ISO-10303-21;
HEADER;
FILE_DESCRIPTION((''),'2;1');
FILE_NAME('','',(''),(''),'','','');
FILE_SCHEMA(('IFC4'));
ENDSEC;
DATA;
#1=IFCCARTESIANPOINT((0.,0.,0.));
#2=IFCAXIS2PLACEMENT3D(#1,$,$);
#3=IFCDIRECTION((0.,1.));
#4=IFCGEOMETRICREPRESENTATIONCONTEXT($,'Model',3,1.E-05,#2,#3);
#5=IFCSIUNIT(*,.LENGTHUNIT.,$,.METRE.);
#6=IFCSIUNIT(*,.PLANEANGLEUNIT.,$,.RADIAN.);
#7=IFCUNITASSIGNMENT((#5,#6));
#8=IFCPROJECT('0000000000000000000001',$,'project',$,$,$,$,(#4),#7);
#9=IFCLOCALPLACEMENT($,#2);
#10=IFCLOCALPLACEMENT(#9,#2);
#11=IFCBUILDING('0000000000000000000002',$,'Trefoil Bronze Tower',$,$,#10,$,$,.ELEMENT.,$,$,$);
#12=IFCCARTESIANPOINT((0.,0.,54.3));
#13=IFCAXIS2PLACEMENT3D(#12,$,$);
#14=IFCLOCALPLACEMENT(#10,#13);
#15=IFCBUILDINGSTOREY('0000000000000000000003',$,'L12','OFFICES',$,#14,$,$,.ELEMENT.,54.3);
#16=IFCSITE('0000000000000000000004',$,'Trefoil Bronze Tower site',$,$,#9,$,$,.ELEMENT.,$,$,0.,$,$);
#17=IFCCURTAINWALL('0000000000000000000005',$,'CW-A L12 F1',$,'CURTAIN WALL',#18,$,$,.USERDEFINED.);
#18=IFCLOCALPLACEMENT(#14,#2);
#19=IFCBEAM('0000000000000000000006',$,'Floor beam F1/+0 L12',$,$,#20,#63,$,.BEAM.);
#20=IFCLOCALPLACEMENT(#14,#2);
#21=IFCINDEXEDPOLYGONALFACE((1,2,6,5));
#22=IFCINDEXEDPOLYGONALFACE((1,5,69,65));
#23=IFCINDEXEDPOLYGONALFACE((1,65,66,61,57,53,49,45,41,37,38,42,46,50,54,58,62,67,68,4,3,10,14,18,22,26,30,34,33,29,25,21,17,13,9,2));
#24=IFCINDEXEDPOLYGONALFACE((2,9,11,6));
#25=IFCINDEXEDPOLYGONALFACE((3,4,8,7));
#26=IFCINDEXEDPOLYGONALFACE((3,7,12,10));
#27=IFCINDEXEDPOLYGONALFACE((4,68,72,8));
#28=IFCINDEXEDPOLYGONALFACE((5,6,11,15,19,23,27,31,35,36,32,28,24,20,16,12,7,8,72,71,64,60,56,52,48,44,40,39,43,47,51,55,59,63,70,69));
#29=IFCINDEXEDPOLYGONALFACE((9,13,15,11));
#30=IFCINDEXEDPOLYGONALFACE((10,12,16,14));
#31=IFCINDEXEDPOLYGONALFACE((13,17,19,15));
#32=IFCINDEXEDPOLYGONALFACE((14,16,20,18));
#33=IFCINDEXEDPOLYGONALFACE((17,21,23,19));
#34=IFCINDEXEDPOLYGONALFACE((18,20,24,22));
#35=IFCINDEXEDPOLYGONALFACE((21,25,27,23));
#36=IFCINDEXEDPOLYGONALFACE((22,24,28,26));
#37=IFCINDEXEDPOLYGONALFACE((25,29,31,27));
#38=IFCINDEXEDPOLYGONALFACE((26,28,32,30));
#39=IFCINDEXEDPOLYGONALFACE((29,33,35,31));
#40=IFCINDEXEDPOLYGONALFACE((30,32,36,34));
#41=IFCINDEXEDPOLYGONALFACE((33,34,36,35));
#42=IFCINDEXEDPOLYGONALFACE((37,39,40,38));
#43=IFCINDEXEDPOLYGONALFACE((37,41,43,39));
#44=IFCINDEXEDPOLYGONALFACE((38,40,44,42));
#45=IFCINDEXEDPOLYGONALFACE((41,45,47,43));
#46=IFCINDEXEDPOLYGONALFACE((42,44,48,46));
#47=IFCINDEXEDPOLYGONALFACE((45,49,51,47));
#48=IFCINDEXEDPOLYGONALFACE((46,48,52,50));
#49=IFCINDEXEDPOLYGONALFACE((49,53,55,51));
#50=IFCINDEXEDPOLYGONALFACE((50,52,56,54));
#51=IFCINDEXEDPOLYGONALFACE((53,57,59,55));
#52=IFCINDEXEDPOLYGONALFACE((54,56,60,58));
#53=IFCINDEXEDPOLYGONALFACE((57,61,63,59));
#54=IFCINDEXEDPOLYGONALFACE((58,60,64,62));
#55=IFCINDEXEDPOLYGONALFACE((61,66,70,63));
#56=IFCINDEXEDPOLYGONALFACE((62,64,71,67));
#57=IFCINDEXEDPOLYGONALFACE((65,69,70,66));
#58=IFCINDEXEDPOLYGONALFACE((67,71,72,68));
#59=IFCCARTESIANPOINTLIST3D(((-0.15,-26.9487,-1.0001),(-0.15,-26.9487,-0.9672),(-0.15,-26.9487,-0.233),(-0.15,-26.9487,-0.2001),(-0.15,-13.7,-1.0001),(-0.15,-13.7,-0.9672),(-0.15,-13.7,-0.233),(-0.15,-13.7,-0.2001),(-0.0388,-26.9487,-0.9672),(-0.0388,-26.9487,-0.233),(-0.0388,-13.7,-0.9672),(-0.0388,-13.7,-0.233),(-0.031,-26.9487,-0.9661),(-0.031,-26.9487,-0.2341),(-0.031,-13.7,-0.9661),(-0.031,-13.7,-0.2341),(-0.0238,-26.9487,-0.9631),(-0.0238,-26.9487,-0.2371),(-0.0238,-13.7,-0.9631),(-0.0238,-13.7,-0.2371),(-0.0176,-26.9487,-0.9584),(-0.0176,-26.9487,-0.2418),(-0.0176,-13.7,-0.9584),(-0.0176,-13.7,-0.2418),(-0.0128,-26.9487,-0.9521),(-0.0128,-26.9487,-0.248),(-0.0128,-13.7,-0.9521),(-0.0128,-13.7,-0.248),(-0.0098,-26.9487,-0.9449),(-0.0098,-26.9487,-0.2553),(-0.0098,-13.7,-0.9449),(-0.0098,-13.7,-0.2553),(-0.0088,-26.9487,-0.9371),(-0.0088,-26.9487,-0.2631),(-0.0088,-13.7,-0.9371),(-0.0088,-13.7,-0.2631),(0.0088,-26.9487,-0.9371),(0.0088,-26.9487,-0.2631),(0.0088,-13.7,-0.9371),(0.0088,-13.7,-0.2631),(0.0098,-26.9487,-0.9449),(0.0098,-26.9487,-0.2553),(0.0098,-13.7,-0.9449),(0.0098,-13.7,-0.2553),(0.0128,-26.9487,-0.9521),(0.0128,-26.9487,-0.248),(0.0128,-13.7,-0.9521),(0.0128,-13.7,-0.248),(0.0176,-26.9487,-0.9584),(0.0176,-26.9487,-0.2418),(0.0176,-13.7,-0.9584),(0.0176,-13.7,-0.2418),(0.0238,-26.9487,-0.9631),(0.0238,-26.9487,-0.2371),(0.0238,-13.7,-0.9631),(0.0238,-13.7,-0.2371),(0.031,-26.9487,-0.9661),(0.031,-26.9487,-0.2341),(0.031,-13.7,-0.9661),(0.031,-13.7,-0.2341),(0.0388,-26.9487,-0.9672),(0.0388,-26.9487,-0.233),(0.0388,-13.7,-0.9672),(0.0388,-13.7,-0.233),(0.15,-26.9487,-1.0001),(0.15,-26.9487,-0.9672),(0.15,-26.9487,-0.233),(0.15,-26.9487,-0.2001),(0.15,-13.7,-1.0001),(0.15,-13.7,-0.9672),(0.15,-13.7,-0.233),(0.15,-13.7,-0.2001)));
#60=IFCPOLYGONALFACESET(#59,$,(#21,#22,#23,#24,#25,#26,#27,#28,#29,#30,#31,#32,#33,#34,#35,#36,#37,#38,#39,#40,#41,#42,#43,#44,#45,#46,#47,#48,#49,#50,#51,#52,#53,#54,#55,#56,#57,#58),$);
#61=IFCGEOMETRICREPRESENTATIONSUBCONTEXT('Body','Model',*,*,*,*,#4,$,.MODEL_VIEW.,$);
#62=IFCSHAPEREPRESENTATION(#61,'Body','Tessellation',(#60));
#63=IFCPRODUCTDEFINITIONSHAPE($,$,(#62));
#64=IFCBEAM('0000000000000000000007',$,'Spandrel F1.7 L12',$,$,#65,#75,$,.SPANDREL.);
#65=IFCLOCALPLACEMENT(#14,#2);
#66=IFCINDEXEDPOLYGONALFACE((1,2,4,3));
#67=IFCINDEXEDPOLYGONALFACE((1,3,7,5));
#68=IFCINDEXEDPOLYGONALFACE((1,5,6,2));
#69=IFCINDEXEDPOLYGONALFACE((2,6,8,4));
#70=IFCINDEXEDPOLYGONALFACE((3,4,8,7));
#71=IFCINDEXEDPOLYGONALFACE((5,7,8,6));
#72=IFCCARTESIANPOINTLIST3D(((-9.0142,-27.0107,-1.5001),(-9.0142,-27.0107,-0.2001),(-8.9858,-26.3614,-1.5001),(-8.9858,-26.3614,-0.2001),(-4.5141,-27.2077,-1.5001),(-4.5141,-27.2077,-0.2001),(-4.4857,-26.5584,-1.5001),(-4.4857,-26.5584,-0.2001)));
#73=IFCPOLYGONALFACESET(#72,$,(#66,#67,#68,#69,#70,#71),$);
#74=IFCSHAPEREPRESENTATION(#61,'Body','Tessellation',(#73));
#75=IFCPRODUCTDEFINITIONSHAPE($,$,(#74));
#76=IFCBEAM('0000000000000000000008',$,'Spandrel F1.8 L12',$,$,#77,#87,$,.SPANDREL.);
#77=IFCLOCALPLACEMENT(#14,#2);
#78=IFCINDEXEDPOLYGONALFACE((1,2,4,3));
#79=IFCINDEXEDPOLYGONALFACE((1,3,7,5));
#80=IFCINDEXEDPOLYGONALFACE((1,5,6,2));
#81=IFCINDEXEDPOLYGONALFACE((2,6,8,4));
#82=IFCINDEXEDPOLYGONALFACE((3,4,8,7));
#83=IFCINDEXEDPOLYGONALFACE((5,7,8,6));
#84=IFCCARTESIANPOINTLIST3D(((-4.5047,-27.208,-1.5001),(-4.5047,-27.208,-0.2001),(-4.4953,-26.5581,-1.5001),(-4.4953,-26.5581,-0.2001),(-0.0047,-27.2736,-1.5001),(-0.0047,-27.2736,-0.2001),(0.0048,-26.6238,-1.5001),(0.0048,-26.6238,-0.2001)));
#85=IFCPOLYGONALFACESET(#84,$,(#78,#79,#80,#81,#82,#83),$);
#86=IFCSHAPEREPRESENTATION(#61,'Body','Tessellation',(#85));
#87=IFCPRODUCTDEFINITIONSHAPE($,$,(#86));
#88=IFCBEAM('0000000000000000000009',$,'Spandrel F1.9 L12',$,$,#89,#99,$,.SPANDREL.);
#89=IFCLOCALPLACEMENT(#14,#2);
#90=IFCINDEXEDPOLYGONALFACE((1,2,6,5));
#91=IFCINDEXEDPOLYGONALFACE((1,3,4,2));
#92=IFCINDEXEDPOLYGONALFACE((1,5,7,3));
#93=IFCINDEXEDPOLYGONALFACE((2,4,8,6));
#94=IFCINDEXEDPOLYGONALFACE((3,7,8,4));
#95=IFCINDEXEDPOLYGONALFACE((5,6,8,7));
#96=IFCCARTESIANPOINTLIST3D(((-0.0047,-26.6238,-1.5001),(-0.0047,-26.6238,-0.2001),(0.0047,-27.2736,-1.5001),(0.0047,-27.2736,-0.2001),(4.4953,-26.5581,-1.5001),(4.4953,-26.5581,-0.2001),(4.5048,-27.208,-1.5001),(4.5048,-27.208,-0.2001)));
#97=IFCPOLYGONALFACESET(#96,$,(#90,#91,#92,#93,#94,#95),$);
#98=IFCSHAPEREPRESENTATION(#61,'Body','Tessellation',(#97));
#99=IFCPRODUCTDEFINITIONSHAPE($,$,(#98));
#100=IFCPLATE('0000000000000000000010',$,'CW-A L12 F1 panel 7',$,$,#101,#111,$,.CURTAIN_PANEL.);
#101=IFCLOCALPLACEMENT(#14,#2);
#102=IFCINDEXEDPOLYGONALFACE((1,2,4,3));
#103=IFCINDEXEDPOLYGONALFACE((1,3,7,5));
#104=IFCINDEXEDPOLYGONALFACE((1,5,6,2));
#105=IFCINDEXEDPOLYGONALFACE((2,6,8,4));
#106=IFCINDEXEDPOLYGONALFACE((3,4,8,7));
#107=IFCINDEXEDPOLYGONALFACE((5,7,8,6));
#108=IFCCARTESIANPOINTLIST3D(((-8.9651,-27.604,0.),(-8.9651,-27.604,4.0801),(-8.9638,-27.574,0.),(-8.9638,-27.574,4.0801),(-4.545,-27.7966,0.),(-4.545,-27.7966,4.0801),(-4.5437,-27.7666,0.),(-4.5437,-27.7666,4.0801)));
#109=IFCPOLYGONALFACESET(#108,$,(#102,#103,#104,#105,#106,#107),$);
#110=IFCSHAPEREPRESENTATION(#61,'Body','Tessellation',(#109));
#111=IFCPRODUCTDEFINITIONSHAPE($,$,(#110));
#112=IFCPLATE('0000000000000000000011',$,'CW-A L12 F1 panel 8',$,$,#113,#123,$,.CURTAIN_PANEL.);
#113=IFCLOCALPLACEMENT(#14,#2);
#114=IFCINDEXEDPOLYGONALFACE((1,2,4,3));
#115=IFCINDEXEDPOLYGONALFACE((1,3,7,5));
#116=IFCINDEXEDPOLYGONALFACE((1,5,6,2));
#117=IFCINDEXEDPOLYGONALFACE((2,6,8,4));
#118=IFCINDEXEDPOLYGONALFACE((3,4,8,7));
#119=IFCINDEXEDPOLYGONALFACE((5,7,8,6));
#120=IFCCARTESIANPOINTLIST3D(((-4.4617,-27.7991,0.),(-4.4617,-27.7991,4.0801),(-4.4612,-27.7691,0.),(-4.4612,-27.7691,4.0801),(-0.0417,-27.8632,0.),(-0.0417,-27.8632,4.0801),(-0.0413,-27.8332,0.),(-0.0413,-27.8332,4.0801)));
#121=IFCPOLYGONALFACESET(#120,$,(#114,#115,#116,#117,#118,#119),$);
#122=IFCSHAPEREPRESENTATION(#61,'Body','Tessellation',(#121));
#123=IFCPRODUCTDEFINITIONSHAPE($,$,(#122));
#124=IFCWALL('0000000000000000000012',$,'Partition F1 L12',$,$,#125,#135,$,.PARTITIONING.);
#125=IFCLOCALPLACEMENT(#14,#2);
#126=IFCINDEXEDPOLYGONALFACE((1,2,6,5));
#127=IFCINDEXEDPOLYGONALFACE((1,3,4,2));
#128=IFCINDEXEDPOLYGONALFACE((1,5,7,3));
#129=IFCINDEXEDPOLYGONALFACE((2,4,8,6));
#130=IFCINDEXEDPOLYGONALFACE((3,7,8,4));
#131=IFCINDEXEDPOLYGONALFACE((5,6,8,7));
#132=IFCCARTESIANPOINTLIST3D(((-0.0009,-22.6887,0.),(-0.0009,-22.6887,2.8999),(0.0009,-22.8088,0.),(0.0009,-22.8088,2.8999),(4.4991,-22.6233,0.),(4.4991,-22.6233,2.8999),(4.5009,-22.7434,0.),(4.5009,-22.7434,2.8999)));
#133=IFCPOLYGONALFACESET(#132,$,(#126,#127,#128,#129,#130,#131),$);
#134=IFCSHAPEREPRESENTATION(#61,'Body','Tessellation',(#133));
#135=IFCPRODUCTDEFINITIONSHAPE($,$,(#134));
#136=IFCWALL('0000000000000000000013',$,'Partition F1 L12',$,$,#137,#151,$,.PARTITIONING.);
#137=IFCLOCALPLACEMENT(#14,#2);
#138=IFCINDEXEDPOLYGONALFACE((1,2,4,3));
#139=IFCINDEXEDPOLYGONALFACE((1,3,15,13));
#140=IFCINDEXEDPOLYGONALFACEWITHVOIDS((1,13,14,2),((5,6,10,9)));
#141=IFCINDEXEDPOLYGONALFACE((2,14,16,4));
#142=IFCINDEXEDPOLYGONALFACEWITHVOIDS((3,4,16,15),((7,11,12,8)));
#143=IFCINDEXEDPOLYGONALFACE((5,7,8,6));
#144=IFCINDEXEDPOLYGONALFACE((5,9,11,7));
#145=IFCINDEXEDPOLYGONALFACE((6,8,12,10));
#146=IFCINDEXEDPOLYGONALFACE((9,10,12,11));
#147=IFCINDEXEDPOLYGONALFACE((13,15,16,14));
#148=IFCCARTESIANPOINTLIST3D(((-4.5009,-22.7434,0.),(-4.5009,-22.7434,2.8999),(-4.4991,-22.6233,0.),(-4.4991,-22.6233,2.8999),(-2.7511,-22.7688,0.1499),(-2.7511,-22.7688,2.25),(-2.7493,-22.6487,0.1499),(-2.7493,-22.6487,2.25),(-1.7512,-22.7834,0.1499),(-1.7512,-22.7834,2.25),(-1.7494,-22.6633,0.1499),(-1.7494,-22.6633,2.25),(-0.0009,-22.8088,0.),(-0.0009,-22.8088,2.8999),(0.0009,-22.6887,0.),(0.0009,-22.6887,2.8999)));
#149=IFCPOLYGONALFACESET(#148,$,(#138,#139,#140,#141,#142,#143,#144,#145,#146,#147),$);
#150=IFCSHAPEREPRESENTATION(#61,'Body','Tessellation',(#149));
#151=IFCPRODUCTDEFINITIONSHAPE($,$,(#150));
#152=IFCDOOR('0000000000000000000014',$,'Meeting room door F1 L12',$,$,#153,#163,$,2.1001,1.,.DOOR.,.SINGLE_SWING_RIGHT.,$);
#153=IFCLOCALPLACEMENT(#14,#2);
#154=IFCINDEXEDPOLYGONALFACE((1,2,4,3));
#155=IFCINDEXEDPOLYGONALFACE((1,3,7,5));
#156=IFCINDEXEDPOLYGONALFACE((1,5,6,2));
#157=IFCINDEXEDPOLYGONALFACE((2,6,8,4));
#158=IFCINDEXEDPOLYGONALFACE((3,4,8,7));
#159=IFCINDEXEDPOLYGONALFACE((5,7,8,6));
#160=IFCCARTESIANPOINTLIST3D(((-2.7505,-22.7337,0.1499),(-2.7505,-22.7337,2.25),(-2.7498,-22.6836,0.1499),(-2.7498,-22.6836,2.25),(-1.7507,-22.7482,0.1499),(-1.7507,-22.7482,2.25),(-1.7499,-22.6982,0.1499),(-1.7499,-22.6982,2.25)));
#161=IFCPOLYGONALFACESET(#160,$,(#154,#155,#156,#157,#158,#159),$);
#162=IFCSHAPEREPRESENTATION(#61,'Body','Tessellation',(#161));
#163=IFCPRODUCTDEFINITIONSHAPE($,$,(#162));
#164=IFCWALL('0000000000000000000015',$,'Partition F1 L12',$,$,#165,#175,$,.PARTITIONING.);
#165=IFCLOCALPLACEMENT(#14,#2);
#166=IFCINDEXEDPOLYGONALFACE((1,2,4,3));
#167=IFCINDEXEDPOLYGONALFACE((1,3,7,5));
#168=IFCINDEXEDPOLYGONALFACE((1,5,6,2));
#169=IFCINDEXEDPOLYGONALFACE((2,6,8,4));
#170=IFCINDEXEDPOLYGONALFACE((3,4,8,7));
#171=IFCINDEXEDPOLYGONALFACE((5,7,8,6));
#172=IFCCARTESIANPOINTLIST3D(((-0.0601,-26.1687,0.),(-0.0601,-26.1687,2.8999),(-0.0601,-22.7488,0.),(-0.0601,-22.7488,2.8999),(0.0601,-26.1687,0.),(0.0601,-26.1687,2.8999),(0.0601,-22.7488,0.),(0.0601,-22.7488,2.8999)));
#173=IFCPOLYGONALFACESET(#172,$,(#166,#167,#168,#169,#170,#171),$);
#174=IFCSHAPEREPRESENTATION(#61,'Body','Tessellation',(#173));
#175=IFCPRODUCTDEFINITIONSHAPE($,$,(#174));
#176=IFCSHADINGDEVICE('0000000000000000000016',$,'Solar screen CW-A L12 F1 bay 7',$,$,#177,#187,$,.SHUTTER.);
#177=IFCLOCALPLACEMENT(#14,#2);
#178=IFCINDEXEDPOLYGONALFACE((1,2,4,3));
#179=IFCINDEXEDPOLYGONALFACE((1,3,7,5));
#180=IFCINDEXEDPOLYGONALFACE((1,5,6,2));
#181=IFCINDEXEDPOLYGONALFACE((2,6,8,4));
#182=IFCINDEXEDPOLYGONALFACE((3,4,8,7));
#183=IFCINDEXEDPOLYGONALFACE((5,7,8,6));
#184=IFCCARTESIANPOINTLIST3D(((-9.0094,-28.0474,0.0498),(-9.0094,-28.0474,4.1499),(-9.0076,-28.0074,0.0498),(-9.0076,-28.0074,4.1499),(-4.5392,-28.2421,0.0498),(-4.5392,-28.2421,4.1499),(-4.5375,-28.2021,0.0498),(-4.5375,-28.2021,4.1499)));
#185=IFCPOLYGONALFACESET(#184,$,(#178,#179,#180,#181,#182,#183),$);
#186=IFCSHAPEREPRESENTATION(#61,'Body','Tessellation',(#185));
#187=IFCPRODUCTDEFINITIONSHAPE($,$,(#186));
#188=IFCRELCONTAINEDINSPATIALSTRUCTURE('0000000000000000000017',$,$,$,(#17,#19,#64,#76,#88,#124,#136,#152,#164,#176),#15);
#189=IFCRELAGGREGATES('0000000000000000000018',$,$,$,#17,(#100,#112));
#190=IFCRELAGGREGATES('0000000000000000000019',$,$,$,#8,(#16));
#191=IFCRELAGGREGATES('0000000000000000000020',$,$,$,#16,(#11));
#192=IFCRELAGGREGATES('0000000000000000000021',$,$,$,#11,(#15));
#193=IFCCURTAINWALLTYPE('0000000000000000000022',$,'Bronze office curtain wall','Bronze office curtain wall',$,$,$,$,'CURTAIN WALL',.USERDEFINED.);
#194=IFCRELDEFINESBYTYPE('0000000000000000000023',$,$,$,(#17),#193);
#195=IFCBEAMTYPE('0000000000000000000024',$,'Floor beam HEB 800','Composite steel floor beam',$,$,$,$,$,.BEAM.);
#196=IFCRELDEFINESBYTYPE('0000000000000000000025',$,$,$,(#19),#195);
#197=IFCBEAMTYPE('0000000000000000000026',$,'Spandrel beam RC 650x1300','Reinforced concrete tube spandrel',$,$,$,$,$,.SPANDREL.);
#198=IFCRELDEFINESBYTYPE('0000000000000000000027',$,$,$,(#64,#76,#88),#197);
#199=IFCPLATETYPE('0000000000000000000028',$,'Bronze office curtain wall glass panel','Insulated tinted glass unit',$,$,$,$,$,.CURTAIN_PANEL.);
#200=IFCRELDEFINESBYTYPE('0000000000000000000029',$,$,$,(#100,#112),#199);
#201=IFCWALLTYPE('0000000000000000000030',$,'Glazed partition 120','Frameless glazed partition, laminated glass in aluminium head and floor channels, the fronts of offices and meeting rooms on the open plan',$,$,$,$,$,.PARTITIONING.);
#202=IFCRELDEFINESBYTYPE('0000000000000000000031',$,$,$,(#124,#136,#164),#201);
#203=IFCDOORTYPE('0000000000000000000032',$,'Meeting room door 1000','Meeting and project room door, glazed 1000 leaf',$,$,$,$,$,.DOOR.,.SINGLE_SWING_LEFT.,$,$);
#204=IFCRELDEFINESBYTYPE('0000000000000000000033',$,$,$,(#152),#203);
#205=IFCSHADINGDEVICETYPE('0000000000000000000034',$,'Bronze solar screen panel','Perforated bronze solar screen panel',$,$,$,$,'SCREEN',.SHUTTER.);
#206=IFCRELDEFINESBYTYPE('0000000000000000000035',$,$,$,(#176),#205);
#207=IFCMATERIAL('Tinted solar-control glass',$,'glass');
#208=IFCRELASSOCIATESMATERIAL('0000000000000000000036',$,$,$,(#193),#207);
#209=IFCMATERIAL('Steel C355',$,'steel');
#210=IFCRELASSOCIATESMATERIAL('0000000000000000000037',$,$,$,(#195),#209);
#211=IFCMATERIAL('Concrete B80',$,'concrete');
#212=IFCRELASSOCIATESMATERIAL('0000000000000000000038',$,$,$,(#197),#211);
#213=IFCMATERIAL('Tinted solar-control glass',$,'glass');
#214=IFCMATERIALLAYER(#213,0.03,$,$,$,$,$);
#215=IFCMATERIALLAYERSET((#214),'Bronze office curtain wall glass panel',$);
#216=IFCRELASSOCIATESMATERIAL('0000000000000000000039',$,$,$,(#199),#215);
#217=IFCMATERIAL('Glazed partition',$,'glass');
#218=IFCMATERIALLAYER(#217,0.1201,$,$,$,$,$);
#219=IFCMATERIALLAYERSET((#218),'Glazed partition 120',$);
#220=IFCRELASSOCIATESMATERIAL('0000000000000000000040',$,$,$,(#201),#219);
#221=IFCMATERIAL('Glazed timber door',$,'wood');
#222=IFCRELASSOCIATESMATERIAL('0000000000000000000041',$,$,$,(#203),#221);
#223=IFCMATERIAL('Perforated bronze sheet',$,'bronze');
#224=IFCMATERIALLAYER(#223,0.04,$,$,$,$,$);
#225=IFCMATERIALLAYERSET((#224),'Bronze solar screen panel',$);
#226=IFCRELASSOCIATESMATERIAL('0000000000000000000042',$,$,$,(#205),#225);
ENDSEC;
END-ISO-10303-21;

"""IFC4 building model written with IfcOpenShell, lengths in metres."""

from ifc_helpers import new_model, si_unit, direction, frame, frame_2d, origin, origin_2d, place, context, subcontext, project, spatial, rectangle, i_section, extrude, material, layer, layer_set, material_profile, profile_set, type_object, element, fill, aggregate, save


model = new_model("IFC4")

# Units and contexts
model_context = context("Model", 3, precision=1e-05, world=origin(), true_north=direction((0.0, 1.0)))
body_context = subcontext(model_context, "Body", "Model", "MODEL_VIEW")
ifc_project = project(units=[si_unit("LENGTHUNIT", "METRE"), si_unit("PLANEANGLEUNIT", "RADIAN")], contexts=[model_context])

# Site, building, storey
site_placement = place(None, origin())
site = spatial("IfcSite", under=ifc_project, at=site_placement, Name="Trefoil Bronze Tower site", CompositionType="ELEMENT", RefElevation=0.0)
building_placement = place(site_placement, origin())
building = spatial("IfcBuilding", under=site, at=building_placement, Name="Trefoil Bronze Tower", CompositionType="ELEMENT")
storey_placement = place(building_placement, frame((0.0, 0.0, 54.3)))
storey = spatial("IfcBuildingStorey", under=building, at=storey_placement, Name="L12", Description="OFFICES", CompositionType="ELEMENT", Elevation=54.3)

# Curtain wall
ifc_material_1 = material(Name="Tinted solar-control glass", Category="glass")
curtain_wall_type = type_object("IfcCurtainWallType", Name="Bronze office curtain wall", Description="Bronze office curtain wall", ElementType="CURTAIN WALL", PredefinedType="USERDEFINED", material=ifc_material_1)
curtain_wall_placement = place(storey_placement, origin())
curtain_wall = element("IfcCurtainWall", 1, at=curtain_wall_placement, inside=storey, type_object=curtain_wall_type, Name="CW-A L12 F1", ObjectType="CURTAIN WALL", PredefinedType="USERDEFINED")

# Beams
ifc_material_2 = material(Name="Steel C355", Category="steel")
ifc_material_profile_1 = material_profile(ifc_material_2, i_section(OverallWidth=0.3, OverallDepth=0.8, WebThickness=0.0176, FlangeThickness=0.033, FilletRadius=0.03, at=origin_2d()), Name="HEB 800")
ifc_profile_set_1 = profile_set([ifc_material_profile_1], Name="Steel C355")
beam_type_1 = type_object("IfcBeamType", Name="Floor beam HEB 800", Description="Composite steel floor beam", PredefinedType="BEAM", material=ifc_profile_set_1)
beam_1_placement = place(storey_placement, frame((0.0, -26.9487, -0.6001), z_axis=(0.0, 1.0, 0.0), x_axis=(-1.0, 0.0, 0.0)))
element("IfcBeam", 2, at=beam_1_placement, inside=storey, type_object=beam_type_1, Name="Floor beam F1/+0 L12", PredefinedType="BEAM", context=body_context, shape_type="SweptSolid", body=[
    extrude(i_section(OverallWidth=0.3, OverallDepth=0.8, WebThickness=0.0176, FlangeThickness=0.033, FilletRadius=0.03, at=origin_2d()), origin(), (0.0, 0.0, 1.0), 13.2488),
])
ifc_material_3 = material(Name="Concrete B80", Category="concrete")
ifc_material_profile_2 = material_profile(ifc_material_3, rectangle(XDim=0.6499, YDim=1.3, at=origin_2d()), Name="RC 650x1300")
ifc_profile_set_2 = profile_set([ifc_material_profile_2], Name="Concrete B80")
beam_type_2 = type_object("IfcBeamType", Name="Spandrel beam RC 650x1300", Description="Reinforced concrete tube spandrel", PredefinedType="SPANDREL", material=ifc_profile_set_2)
beam_2_placement = place(storey_placement, frame((-9.0, -26.686, -0.8501), z_axis=(0.999043, -0.043741, 0.0), x_axis=(0.043741, 0.999043, 0.0)))
element("IfcBeam", 3, at=beam_2_placement, inside=storey, type_object=beam_type_2, Name="Spandrel F1.7 L12", PredefinedType="SPANDREL", context=body_context, shape_type="SweptSolid", body=[
    extrude(rectangle(XDim=0.6499, YDim=1.3, at=origin_2d()), origin(), (0.0, 0.0, 1.0), 4.5044),
])
for number, where, z_axis, x_axis, name in (
    (4, (-4.5, -26.8831, -0.8501), (0.999894, -0.014593, 0.0), (0.014593, 0.999894, 0.0), "Spandrel F1.8 L12"),
    (5, (0.0, -26.9487, -0.8501), (0.999894, 0.014593, 0.0), (-0.014593, 0.999894, 0.0), "Spandrel F1.9 L12"),
):
    element("IfcBeam", number, at=place(storey_placement, frame(where, z_axis=z_axis, x_axis=x_axis)), inside=storey, type_object=beam_type_2, Name=name, PredefinedType="SPANDREL", context=body_context, shape_type="SweptSolid", body=[
        extrude(rectangle(XDim=0.6499, YDim=1.3, at=origin_2d()), origin(), (0.0, 0.0, 1.0), 4.5005),
    ])

# Plates
ifc_material_4 = material(Name="Tinted solar-control glass", Category="glass")
ifc_layer_1 = layer(ifc_material_4, 0.03)
ifc_layer_set_1 = layer_set([ifc_layer_1], Name="Bronze office curtain wall glass panel")
plate_type = type_object("IfcPlateType", Name="Bronze office curtain wall glass panel", Description="Insulated tinted glass unit", PredefinedType="CURTAIN_PANEL", material=ifc_layer_set_1)
plate_1_placement = place(storey_placement, frame((-6.7544, -27.6853, 0.0), z_axis=(0.0, 0.0, 1.0), x_axis=(0.999052, -0.043528, 0.0)))
plate_1 = element("IfcPlate", 6, at=plate_1_placement, type_object=plate_type, Name="CW-A L12 F1 panel 7", PredefinedType="CURTAIN_PANEL", context=body_context, shape_type="SweptSolid", body=[
    extrude(rectangle(XDim=4.4243, YDim=0.03, at=origin_2d()), origin(), (0.0, 0.0, 1.0), 4.0801),
])
plate_2_placement = place(storey_placement, frame((-2.2515, -27.8162, 0.0), z_axis=(0.0, 0.0, 1.0), x_axis=(0.999895, -0.014509, 0.0)))
plate_2 = element("IfcPlate", 7, at=plate_2_placement, type_object=plate_type, Name="CW-A L12 F1 panel 8", PredefinedType="CURTAIN_PANEL", context=body_context, shape_type="SweptSolid", body=[
    extrude(rectangle(XDim=4.4204, YDim=0.03, at=origin_2d()), origin(), (0.0, 0.0, 1.0), 4.0801),
])
aggregate(curtain_wall, [plate_1, plate_2])

# Wall
ifc_material_5 = material(Name="Glazed partition", Category="glass")
ifc_layer_2 = layer(ifc_material_5, 0.1201)
ifc_layer_set_2 = layer_set([ifc_layer_2], Name="Glazed partition 120")
wall_type = type_object("IfcWallType", Name="Glazed partition 120", Description="Frameless glazed partition, laminated glass in aluminium head and floor channels, the fronts of offices and meeting rooms on the open plan", PredefinedType="PARTITIONING", material=ifc_layer_set_2)
wall_1_placement = place(storey_placement, frame((0.0, -22.7488, 0.0), z_axis=(0.0, 0.0, 1.0), x_axis=(0.999894, 0.014538, 0.0)))
element("IfcWall", 8, at=wall_1_placement, inside=storey, type_object=wall_type, Name="Partition F1 L12", PredefinedType="PARTITIONING", context=body_context, shape_type="SweptSolid", body=[
    extrude(rectangle(XDim=4.5005, YDim=0.1201, at=frame_2d((2.2502, 0.0))), origin(), (0.0, 0.0, 1.0), 2.8999),
])

# Wall, opening, door
wall_2_placement = place(storey_placement, frame((-4.5, -22.6833, 0.0), z_axis=(0.0, 0.0, 1.0), x_axis=(0.999894, -0.014538, 0.0)))
wall_2 = element("IfcWall", 9, at=wall_2_placement, inside=storey, type_object=wall_type, Name="Partition F1 L12", PredefinedType="PARTITIONING", context=body_context, shape_type="SweptSolid", body=[
    extrude(rectangle(XDim=4.5005, YDim=0.1201, at=frame_2d((2.2502, 0.0))), origin(), (0.0, 0.0, 1.0), 2.8999),
])
opening_placement = place(wall_2_placement, frame((1.75, 0.0, 0.1499)))
opening = element("IfcOpeningElement", 10, at=opening_placement, cuts=wall_2, PredefinedType="OPENING", context=body_context, shape_type="SweptSolid", body=[
    extrude(rectangle(XDim=1.0, YDim=2.1001, at=frame_2d((0.5, 1.05))), frame((0.0, 0.0701, 0.0), z_axis=(0.0, -1.0, 0.0), x_axis=(1.0, 0.0, 0.0)), (0.0, 0.0, 1.0), 0.1401),
])
ifc_material_6 = material(Name="Glazed timber door", Category="wood")
door_type = type_object("IfcDoorType", Name="Meeting room door 1000", Description="Meeting and project room door, glazed 1000 leaf", OperationType="SINGLE_SWING_LEFT", PredefinedType="DOOR", material=ifc_material_6)
door_placement = place(opening_placement, frame((1.0, 0.0, 0.0), z_axis=(0.0, 0.0, 1.0), x_axis=(-1.0, 0.0, 0.0)))
door = element("IfcDoor", 11, at=door_placement, inside=storey, type_object=door_type, Name="Meeting room door F1 L12", OperationType="SINGLE_SWING_RIGHT", OverallHeight=2.1001, OverallWidth=1.0, PredefinedType="DOOR", context=body_context, shape_type="SweptSolid", body=[
    extrude(rectangle(XDim=1.0, YDim=2.1001, at=frame_2d((0.5, 1.05))), frame((0.0, 0.0249, 0.0), z_axis=(0.0, -1.0, 0.0), x_axis=(1.0, 0.0, 0.0)), (0.0, 0.0, 1.0), 0.05),
])
fill(opening, door)

# Wall
wall_3_placement = place(storey_placement, frame((0.0, -22.7488, 0.0), z_axis=(0.0, 0.0, 1.0), x_axis=(0.0, -1.0, 0.0)))
element("IfcWall", 12, at=wall_3_placement, inside=storey, type_object=wall_type, Name="Partition F1 L12", PredefinedType="PARTITIONING", context=body_context, shape_type="SweptSolid", body=[
    extrude(rectangle(XDim=3.4199, YDim=0.1201, at=frame_2d((1.71, 0.0))), origin(), (0.0, 0.0, 1.0), 2.8999),
])

# Shading device
ifc_material_7 = material(Name="Perforated bronze sheet", Category="bronze")
ifc_layer_3 = layer(ifc_material_7, 0.04)
ifc_layer_set_3 = layer_set([ifc_layer_3], Name="Bronze solar screen panel")
shading_device_type = type_object("IfcShadingDeviceType", Name="Bronze solar screen panel", Description="Perforated bronze solar screen panel", ElementType="SCREEN", PredefinedType="SHUTTER", material=ifc_layer_set_3)
shading_device_1_placement = place(storey_placement, frame((-6.7734, -28.1248, 0.0498), z_axis=(0.0, 0.0, 1.0), x_axis=(0.999052, -0.043528, 0.0)))
element("IfcShadingDevice", 13, at=shading_device_1_placement, inside=storey, type_object=shading_device_type, Name="Solar screen CW-A L12 F1 bay 7", PredefinedType="SHUTTER", context=body_context, shape_type="SweptSolid", body=[
    extrude(rectangle(XDim=4.4744, YDim=0.04, at=origin_2d()), origin(), (0.0, 0.0, 1.0), 4.1001),
])

save(model, "model.ifc")
